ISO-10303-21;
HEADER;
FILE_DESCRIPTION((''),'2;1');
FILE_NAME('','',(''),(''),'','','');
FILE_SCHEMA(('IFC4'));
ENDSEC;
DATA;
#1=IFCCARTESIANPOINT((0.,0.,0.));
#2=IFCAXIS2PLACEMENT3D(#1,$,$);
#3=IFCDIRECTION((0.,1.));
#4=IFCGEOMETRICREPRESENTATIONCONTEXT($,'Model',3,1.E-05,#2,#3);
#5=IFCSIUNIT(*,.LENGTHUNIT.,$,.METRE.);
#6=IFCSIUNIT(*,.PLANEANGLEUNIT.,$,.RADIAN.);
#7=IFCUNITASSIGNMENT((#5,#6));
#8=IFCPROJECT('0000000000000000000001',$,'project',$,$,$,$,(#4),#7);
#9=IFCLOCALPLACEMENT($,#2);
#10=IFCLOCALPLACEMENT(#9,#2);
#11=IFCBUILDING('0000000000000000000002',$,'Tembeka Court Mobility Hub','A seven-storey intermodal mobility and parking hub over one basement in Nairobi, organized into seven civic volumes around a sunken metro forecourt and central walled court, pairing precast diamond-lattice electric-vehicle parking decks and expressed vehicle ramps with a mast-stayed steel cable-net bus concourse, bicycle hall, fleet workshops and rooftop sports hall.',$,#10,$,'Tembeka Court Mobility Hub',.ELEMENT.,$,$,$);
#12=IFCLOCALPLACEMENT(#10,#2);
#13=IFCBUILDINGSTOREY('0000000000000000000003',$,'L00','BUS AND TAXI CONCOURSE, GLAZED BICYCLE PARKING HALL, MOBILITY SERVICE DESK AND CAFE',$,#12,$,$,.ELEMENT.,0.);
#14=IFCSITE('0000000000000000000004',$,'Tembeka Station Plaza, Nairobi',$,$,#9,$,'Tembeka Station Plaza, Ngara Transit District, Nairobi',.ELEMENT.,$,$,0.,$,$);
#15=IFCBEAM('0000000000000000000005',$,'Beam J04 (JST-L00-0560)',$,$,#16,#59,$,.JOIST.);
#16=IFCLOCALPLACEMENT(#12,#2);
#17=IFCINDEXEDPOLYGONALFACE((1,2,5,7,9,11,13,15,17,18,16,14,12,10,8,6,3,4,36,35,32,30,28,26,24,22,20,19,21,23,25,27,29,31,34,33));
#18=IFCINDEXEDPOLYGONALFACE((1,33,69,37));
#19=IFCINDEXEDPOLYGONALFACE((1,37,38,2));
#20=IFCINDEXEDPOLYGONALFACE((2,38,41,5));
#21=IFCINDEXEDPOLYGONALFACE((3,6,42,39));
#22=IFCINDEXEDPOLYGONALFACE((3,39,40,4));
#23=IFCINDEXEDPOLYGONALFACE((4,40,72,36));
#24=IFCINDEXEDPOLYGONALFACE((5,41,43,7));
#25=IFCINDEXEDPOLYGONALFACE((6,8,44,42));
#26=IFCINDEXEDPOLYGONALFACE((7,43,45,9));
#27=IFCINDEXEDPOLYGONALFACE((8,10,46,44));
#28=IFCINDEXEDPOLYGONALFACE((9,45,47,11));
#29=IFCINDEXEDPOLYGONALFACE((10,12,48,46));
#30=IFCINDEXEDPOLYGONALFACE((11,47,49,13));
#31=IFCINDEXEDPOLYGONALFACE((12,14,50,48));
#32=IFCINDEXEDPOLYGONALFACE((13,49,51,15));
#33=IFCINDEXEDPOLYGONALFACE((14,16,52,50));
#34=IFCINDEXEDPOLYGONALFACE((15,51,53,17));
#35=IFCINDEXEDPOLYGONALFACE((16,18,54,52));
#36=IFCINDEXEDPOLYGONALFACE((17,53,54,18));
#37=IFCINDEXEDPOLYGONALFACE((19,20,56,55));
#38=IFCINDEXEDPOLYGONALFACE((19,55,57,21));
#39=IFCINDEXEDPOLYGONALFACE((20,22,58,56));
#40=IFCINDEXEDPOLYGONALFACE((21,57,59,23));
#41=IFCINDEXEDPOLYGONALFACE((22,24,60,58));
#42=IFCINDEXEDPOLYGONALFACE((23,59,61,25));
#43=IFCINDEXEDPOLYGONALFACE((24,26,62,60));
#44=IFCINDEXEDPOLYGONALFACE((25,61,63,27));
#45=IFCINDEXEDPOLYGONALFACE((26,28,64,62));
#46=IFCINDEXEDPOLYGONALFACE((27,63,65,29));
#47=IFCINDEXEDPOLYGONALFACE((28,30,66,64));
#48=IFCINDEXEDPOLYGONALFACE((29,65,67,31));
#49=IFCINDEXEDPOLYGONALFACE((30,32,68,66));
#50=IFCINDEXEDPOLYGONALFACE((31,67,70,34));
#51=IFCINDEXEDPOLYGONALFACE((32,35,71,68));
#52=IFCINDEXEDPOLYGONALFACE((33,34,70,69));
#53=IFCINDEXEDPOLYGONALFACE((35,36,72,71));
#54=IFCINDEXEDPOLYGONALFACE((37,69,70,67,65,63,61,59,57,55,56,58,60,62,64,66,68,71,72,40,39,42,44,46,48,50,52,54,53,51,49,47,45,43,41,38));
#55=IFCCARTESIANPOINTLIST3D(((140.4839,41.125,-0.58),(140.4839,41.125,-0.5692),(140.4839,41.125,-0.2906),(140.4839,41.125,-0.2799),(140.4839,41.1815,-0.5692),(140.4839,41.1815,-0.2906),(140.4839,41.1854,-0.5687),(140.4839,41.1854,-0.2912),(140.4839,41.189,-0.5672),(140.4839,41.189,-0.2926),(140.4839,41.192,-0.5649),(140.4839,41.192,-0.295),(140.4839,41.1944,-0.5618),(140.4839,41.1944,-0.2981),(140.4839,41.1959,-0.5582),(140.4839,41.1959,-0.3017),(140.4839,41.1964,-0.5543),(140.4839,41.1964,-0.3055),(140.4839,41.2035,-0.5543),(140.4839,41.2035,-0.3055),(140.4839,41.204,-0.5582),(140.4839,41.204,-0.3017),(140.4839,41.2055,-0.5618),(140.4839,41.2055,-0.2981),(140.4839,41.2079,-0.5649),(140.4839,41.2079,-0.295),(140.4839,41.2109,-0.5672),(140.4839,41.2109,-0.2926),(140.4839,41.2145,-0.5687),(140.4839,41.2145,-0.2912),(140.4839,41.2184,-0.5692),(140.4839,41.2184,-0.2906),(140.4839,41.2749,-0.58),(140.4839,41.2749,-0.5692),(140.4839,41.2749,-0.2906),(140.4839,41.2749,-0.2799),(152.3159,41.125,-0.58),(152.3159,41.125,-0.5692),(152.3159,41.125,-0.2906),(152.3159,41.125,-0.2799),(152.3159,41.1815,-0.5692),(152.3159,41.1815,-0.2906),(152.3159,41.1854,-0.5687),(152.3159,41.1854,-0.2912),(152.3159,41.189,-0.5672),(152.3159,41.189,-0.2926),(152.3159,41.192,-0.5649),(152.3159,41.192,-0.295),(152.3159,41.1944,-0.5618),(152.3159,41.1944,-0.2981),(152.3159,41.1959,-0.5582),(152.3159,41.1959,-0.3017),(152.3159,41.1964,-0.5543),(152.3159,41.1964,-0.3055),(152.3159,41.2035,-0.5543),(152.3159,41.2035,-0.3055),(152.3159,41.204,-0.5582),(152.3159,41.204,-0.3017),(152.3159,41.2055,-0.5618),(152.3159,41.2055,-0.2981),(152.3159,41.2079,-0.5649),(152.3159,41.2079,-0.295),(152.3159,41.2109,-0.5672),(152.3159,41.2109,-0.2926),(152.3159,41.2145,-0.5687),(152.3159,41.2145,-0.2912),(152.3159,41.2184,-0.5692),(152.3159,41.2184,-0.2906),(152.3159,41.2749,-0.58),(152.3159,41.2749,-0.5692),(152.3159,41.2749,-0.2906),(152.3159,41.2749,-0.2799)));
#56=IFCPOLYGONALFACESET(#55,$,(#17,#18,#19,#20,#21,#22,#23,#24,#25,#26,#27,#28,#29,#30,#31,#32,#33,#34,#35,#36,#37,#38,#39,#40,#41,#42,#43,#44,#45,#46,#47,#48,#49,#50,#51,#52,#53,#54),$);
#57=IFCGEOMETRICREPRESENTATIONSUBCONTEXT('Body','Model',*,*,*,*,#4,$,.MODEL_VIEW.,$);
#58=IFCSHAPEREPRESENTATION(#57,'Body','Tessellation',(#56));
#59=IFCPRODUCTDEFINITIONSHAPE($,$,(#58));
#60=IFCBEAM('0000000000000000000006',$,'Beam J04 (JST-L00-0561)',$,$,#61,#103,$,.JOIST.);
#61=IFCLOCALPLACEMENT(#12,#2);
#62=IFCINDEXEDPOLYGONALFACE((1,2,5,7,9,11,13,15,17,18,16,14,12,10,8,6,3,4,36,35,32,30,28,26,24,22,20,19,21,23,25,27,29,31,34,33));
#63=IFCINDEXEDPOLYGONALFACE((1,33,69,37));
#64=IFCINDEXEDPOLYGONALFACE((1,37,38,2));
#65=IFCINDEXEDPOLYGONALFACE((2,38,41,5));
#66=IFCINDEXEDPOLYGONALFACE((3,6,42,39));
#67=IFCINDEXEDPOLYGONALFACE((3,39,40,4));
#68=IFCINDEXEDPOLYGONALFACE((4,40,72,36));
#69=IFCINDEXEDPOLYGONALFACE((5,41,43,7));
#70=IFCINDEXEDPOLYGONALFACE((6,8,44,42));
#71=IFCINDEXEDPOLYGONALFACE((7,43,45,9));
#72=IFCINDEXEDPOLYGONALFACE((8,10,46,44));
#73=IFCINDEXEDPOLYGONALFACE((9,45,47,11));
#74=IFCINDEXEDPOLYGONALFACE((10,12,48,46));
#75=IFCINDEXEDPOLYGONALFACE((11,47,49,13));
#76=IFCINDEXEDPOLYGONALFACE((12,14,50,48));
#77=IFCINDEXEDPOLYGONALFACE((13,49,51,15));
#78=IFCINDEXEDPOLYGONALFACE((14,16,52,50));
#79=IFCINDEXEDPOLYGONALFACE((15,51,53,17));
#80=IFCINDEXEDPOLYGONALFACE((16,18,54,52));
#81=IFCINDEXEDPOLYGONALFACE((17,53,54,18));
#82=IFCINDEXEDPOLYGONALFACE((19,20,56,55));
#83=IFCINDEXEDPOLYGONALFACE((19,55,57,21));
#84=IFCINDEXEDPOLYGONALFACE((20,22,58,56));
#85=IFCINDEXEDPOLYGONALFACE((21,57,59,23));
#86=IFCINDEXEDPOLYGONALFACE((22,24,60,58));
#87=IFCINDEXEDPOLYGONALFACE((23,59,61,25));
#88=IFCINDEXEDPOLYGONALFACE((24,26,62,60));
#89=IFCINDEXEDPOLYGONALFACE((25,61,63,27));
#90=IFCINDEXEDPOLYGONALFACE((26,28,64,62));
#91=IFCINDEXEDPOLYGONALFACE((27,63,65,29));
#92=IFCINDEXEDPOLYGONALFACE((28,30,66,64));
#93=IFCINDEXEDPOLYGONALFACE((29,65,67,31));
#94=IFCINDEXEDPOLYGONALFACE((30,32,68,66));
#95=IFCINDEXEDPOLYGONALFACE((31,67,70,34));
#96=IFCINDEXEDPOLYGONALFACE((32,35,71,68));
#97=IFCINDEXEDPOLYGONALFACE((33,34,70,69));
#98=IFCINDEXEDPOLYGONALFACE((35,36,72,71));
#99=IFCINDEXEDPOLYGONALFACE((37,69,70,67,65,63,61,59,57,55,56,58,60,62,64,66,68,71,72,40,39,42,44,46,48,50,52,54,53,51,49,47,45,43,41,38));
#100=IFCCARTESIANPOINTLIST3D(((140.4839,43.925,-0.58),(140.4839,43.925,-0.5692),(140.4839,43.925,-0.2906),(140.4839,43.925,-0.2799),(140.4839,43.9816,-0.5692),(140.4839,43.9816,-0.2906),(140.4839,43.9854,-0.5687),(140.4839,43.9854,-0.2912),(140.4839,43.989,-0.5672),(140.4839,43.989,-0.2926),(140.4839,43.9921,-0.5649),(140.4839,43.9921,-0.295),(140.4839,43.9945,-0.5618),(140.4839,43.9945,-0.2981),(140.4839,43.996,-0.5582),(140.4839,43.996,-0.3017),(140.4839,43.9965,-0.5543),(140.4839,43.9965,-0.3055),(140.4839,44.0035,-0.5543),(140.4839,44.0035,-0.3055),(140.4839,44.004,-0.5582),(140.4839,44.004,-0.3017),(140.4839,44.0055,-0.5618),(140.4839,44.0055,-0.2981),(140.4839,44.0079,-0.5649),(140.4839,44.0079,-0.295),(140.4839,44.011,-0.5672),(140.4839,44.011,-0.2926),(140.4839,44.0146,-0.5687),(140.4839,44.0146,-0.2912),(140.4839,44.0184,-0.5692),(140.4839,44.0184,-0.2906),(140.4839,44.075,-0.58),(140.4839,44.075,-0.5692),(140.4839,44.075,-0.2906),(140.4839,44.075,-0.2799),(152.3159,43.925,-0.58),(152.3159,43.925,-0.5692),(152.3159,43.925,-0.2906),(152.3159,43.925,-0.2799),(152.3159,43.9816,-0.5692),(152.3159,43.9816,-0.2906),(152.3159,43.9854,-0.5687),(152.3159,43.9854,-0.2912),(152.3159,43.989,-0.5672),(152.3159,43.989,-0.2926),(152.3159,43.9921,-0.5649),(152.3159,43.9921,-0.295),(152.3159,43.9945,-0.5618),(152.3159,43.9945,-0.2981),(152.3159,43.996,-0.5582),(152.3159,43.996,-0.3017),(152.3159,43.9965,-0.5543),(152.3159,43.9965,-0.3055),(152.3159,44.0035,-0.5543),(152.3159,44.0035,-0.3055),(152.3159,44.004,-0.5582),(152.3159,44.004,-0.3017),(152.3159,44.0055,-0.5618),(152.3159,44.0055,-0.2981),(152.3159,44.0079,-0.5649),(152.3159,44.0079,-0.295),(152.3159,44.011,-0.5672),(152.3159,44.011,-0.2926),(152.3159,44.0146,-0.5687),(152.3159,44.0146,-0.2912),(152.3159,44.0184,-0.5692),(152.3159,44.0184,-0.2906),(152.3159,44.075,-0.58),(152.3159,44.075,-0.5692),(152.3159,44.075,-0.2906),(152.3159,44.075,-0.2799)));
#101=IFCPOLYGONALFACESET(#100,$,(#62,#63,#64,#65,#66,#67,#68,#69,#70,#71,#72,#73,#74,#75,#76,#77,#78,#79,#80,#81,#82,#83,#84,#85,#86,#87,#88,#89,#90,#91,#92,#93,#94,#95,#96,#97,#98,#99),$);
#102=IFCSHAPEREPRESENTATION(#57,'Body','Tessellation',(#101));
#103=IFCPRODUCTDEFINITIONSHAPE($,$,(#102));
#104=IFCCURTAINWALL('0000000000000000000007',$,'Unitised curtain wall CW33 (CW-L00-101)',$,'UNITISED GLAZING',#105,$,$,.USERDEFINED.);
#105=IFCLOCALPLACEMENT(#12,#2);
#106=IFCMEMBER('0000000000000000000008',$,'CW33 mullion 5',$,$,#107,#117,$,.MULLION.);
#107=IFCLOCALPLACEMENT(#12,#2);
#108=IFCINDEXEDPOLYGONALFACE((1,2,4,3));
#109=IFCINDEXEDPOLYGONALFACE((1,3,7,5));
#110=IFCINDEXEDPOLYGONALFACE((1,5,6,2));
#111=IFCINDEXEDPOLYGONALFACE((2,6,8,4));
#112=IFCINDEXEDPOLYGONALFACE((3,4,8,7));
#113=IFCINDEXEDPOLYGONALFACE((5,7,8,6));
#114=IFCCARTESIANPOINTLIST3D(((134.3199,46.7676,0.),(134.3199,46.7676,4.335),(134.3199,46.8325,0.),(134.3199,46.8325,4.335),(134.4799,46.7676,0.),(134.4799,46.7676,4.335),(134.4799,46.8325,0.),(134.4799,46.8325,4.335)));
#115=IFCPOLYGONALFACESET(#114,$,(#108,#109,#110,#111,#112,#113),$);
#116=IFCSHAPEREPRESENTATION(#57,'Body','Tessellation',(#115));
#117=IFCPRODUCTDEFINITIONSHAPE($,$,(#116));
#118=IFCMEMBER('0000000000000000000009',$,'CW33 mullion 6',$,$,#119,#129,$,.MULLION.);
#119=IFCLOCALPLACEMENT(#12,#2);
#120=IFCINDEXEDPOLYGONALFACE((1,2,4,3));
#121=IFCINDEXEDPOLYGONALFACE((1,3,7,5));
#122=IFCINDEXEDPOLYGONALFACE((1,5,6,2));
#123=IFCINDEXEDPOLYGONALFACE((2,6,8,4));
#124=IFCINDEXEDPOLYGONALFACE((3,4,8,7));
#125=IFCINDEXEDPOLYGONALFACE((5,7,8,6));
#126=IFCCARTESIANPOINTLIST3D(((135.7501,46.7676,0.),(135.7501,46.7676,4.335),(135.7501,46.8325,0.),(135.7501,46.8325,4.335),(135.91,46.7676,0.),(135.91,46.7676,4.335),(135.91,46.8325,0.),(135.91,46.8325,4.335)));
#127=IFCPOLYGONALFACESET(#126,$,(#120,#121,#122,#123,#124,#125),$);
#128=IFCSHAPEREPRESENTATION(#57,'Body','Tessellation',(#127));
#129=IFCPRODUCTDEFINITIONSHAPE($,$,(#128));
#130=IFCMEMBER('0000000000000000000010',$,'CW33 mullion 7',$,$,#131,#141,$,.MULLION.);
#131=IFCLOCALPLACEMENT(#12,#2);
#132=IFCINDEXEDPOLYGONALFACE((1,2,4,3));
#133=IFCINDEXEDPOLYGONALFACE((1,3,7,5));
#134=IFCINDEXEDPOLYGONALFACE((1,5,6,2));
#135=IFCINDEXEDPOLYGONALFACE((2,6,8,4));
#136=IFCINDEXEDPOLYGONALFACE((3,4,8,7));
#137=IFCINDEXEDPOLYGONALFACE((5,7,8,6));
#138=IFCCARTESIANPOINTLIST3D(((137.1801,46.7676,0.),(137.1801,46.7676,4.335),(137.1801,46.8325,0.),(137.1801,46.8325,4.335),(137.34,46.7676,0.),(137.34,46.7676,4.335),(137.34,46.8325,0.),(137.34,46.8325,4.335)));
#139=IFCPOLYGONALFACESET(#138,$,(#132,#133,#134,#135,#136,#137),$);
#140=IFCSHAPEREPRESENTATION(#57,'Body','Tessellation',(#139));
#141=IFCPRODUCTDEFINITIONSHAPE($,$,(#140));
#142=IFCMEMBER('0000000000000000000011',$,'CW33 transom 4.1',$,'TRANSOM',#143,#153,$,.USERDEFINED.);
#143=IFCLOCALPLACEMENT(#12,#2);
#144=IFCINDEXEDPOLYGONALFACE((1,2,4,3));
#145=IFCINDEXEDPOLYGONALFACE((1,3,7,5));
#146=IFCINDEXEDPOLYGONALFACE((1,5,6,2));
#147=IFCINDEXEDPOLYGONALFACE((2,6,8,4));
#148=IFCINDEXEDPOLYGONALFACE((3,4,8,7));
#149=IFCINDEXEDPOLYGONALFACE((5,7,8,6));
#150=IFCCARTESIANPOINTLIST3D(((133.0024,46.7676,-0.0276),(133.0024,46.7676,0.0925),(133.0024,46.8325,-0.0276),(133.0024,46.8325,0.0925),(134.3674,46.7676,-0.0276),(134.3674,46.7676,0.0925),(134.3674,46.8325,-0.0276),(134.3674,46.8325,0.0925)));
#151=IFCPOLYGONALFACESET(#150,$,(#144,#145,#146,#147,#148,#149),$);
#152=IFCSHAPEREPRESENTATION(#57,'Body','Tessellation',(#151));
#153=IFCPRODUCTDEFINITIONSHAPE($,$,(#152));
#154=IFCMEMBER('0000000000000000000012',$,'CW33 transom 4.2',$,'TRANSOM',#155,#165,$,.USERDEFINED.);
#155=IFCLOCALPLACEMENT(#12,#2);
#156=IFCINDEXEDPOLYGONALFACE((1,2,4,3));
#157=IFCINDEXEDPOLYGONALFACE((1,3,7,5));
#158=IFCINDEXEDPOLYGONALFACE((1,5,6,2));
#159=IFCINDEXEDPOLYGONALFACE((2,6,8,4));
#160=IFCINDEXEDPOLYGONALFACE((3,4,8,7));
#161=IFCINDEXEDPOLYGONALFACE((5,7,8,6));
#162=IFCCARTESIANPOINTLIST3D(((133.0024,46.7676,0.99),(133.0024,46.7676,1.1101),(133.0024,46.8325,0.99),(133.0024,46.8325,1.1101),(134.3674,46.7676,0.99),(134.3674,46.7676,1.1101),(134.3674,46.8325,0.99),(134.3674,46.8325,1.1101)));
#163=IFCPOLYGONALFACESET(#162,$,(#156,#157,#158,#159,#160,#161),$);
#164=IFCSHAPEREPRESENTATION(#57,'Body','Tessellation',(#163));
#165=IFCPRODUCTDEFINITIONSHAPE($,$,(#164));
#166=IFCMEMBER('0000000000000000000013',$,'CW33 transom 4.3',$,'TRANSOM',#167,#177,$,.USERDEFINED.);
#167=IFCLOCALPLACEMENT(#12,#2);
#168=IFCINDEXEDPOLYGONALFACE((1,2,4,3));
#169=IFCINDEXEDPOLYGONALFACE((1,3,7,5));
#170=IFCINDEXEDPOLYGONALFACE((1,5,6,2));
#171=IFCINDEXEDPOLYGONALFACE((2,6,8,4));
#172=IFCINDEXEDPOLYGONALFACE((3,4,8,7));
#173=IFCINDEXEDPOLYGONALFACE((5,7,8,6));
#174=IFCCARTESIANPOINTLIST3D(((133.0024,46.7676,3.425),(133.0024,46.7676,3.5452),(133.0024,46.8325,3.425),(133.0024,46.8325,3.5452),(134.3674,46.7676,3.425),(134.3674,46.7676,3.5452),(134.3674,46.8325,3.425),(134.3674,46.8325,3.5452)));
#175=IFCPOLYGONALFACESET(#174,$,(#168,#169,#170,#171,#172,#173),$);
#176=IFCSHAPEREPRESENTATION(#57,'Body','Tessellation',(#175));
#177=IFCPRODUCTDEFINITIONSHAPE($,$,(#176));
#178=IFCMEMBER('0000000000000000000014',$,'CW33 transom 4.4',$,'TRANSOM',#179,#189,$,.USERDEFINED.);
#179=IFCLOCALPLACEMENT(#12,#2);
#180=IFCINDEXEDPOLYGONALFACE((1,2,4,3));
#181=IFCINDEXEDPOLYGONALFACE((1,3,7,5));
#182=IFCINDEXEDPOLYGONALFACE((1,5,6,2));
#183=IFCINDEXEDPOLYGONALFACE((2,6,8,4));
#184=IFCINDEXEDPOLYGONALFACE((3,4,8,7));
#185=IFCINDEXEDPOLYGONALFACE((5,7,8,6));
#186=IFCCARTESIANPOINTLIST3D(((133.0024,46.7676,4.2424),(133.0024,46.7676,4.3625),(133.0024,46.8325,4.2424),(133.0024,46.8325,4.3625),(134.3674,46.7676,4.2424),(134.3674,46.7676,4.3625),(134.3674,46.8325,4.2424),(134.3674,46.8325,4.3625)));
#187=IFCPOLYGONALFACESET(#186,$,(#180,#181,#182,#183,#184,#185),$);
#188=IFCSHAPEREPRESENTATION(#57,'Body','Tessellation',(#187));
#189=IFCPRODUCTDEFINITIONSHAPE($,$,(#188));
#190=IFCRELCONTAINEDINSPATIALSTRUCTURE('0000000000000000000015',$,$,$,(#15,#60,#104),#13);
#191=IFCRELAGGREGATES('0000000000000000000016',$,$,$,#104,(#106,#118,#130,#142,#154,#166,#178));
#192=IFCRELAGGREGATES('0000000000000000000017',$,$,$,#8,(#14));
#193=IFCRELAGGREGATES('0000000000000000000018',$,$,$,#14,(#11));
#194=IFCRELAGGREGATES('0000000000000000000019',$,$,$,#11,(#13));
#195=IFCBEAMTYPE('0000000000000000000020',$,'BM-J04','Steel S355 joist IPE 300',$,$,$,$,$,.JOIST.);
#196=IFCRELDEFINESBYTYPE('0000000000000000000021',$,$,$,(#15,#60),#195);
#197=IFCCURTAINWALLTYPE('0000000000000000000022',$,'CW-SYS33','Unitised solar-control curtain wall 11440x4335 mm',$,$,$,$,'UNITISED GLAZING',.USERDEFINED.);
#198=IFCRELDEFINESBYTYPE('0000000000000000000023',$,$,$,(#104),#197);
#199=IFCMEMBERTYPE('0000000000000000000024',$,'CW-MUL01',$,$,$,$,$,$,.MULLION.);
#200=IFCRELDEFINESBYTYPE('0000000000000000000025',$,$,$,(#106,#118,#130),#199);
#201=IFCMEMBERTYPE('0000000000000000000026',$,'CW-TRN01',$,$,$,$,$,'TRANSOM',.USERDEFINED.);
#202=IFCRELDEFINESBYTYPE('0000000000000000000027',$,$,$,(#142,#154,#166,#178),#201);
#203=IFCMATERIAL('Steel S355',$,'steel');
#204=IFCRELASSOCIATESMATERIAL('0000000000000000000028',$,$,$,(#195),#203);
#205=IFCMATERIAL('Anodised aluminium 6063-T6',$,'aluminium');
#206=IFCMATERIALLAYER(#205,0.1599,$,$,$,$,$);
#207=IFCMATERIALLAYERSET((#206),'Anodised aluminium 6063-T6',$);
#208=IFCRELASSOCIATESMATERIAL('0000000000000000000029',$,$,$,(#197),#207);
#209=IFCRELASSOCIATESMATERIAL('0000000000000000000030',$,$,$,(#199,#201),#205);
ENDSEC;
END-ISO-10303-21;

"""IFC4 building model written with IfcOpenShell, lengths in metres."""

from ifc_helpers import new_model, si_unit, direction, frame, origin, origin_2d, place, context, subcontext, project, spatial, rectangle, i_section, extrude, material, layer, layer_set, material_profile, profile_set, type_object, element, aggregate, save


model = new_model("IFC4")

# Units and contexts
model_context = context("Model", 3, precision=1e-05, world=origin(), true_north=direction((0.0, 1.0)))
body_context = subcontext(model_context, "Body", "Model", "MODEL_VIEW")
ifc_project = project(units=[si_unit("LENGTHUNIT", "METRE"), si_unit("PLANEANGLEUNIT", "RADIAN")], contexts=[model_context])

# Site, building, storey
site_placement = place(None, origin())
site = spatial("IfcSite", under=ifc_project, at=site_placement, Name="Tembeka Station Plaza, Nairobi", LongName="Tembeka Station Plaza, Ngara Transit District, Nairobi", CompositionType="ELEMENT", RefElevation=0.0)
building_placement = place(site_placement, origin())
building = spatial("IfcBuilding", under=site, at=building_placement, Name="Tembeka Court Mobility Hub", Description="A seven-storey intermodal mobility and parking hub over one basement in Nairobi, organized into seven civic volumes around a sunken metro forecourt and central walled court, pairing precast diamond-lattice electric-vehicle parking decks and expressed vehicle ramps with a mast-stayed steel cable-net bus concourse, bicycle hall, fleet workshops and rooftop sports hall.", LongName="Tembeka Court Mobility Hub", CompositionType="ELEMENT")
storey_placement = place(building_placement, origin())
storey = spatial("IfcBuildingStorey", under=building, at=storey_placement, Name="L00", Description="BUS AND TAXI CONCOURSE, GLAZED BICYCLE PARKING HALL, MOBILITY SERVICE DESK AND CAFE", CompositionType="ELEMENT", Elevation=0.0)

# Beams
ifc_material_1 = material(Name="Steel S355", Category="steel")
ifc_material_profile_1 = material_profile(ifc_material_1, i_section(OverallWidth=0.1499, OverallDepth=0.3, WebThickness=0.0071, FlangeThickness=0.0107, FilletRadius=0.0149, at=origin_2d()), Name="IPE 300")
ifc_profile_set_1 = profile_set([ifc_material_profile_1], Name="Steel S355")
beam_type = type_object("IfcBeamType", Name="BM-J04", Description="Steel S355 joist IPE 300", PredefinedType="JOIST", material=ifc_profile_set_1)
for number, where, z_axis, x_axis, name in (
    (1, (140.4839, 41.2, -0.4299), (1.0, 0.0, 0.0), (0.0, 1.0, 0.0), "Beam J04 (JST-L00-0560)"),
    (2, (140.4839, 44.0, -0.4299), (1.0, 0.0, 0.0), (0.0, 1.0, 0.0), "Beam J04 (JST-L00-0561)"),
):
    element("IfcBeam", number, at=place(storey_placement, frame(where, z_axis=z_axis, x_axis=x_axis)), inside=storey, type_object=beam_type, Name=name, PredefinedType="JOIST", context=body_context, shape_type="SweptSolid", body=[
        extrude(i_section(OverallWidth=0.1499, OverallDepth=0.3, WebThickness=0.0071, FlangeThickness=0.0107, FilletRadius=0.0149, at=origin_2d()), origin(), (0.0, 0.0, 1.0), 11.832),
    ])

# Curtain wall, members
ifc_material_2 = material(Name="Anodised aluminium 6063-T6", Category="aluminium")
ifc_layer_1 = layer(ifc_material_2, 0.1599)
ifc_layer_set_1 = layer_set([ifc_layer_1], Name="Anodised aluminium 6063-T6")
curtain_wall_type = type_object("IfcCurtainWallType", Name="CW-SYS33", Description="Unitised solar-control curtain wall 11440x4335 mm", ElementType="UNITISED GLAZING", PredefinedType="USERDEFINED", material=ifc_layer_set_1)
curtain_wall_placement = place(storey_placement, origin())
curtain_wall = element("IfcCurtainWall", 3, at=curtain_wall_placement, inside=storey, type_object=curtain_wall_type, Name="Unitised curtain wall CW33 (CW-L00-101)", ObjectType="UNITISED GLAZING", PredefinedType="USERDEFINED")
ifc_material_profile_2 = material_profile(ifc_material_2, rectangle(XDim=0.0649, YDim=0.1599, at=origin_2d()), Name="ALU-MUL 65x160")
ifc_profile_set_2 = profile_set([ifc_material_profile_2], Name="Anodised aluminium 6063-T6")
member_type_1 = type_object("IfcMemberType", Name="CW-MUL01", PredefinedType="MULLION", material=ifc_profile_set_2)
member_1_placement = place(storey_placement, frame((134.3999, 46.8, 0.0), z_axis=(0.0, 0.0, 1.0), x_axis=(0.0, 1.0, 0.0)))
member_1 = element("IfcMember", 4, at=member_1_placement, type_object=member_type_1, Name="CW33 mullion 5", PredefinedType="MULLION", context=body_context, shape_type="SweptSolid", body=[
    extrude(rectangle(XDim=0.0649, YDim=0.1599, at=origin_2d()), origin(), (0.0, 0.0, 1.0), 4.335),
])
member_2_placement = place(storey_placement, frame((135.8301, 46.8, 0.0), z_axis=(0.0, 0.0, 1.0), x_axis=(0.0, 1.0, 0.0)))
member_2 = element("IfcMember", 5, at=member_2_placement, type_object=member_type_1, Name="CW33 mullion 6", PredefinedType="MULLION", context=body_context, shape_type="SweptSolid", body=[
    extrude(rectangle(XDim=0.0649, YDim=0.1599, at=origin_2d()), origin(), (0.0, 0.0, 1.0), 4.335),
])
member_3_placement = place(storey_placement, frame((137.26, 46.8, 0.0), z_axis=(0.0, 0.0, 1.0), x_axis=(0.0, 1.0, 0.0)))
member_3 = element("IfcMember", 6, at=member_3_placement, type_object=member_type_1, Name="CW33 mullion 7", PredefinedType="MULLION", context=body_context, shape_type="SweptSolid", body=[
    extrude(rectangle(XDim=0.0649, YDim=0.1599, at=origin_2d()), origin(), (0.0, 0.0, 1.0), 4.335),
])
ifc_material_profile_3 = material_profile(ifc_material_2, rectangle(XDim=0.0649, YDim=0.1201, at=origin_2d()), Name="ALU-TRN 65x120")
ifc_profile_set_3 = profile_set([ifc_material_profile_3], Name="Anodised aluminium 6063-T6")
member_type_2 = type_object("IfcMemberType", Name="CW-TRN01", ElementType="TRANSOM", PredefinedType="USERDEFINED", material=ifc_profile_set_3)
member_4_placement = place(storey_placement, frame((133.0024, 46.8, 0.0325), z_axis=(1.0, 0.0, 0.0), x_axis=(0.0, 1.0, 0.0)))
member_4 = element("IfcMember", 7, at=member_4_placement, type_object=member_type_2, Name="CW33 transom 4.1", ObjectType="TRANSOM", PredefinedType="USERDEFINED", context=body_context, shape_type="SweptSolid", body=[
    extrude(rectangle(XDim=0.0649, YDim=0.1201, at=origin_2d()), origin(), (0.0, 0.0, 1.0), 1.365),
])
member_5_placement = place(storey_placement, frame((133.0024, 46.8, 1.05), z_axis=(1.0, 0.0, 0.0), x_axis=(0.0, 1.0, 0.0)))
member_5 = element("IfcMember", 8, at=member_5_placement, type_object=member_type_2, Name="CW33 transom 4.2", ObjectType="TRANSOM", PredefinedType="USERDEFINED", context=body_context, shape_type="SweptSolid", body=[
    extrude(rectangle(XDim=0.0649, YDim=0.1201, at=origin_2d()), origin(), (0.0, 0.0, 1.0), 1.365),
])
member_6_placement = place(storey_placement, frame((133.0024, 46.8, 3.4851), z_axis=(1.0, 0.0, 0.0), x_axis=(0.0, 1.0, 0.0)))
member_6 = element("IfcMember", 9, at=member_6_placement, type_object=member_type_2, Name="CW33 transom 4.3", ObjectType="TRANSOM", PredefinedType="USERDEFINED", context=body_context, shape_type="SweptSolid", body=[
    extrude(rectangle(XDim=0.0649, YDim=0.1201, at=origin_2d()), origin(), (0.0, 0.0, 1.0), 1.365),
])
member_7_placement = place(storey_placement, frame((133.0024, 46.8, 4.3025), z_axis=(1.0, 0.0, 0.0), x_axis=(0.0, 1.0, 0.0)))
member_7 = element("IfcMember", 10, at=member_7_placement, type_object=member_type_2, Name="CW33 transom 4.4", ObjectType="TRANSOM", PredefinedType="USERDEFINED", context=body_context, shape_type="SweptSolid", body=[
    extrude(rectangle(XDim=0.0649, YDim=0.1201, at=origin_2d()), origin(), (0.0, 0.0, 1.0), 1.365),
])
aggregate(curtain_wall, [member_1, member_2, member_3, member_4, member_5, member_6, member_7])

save(model, "model.ifc")
